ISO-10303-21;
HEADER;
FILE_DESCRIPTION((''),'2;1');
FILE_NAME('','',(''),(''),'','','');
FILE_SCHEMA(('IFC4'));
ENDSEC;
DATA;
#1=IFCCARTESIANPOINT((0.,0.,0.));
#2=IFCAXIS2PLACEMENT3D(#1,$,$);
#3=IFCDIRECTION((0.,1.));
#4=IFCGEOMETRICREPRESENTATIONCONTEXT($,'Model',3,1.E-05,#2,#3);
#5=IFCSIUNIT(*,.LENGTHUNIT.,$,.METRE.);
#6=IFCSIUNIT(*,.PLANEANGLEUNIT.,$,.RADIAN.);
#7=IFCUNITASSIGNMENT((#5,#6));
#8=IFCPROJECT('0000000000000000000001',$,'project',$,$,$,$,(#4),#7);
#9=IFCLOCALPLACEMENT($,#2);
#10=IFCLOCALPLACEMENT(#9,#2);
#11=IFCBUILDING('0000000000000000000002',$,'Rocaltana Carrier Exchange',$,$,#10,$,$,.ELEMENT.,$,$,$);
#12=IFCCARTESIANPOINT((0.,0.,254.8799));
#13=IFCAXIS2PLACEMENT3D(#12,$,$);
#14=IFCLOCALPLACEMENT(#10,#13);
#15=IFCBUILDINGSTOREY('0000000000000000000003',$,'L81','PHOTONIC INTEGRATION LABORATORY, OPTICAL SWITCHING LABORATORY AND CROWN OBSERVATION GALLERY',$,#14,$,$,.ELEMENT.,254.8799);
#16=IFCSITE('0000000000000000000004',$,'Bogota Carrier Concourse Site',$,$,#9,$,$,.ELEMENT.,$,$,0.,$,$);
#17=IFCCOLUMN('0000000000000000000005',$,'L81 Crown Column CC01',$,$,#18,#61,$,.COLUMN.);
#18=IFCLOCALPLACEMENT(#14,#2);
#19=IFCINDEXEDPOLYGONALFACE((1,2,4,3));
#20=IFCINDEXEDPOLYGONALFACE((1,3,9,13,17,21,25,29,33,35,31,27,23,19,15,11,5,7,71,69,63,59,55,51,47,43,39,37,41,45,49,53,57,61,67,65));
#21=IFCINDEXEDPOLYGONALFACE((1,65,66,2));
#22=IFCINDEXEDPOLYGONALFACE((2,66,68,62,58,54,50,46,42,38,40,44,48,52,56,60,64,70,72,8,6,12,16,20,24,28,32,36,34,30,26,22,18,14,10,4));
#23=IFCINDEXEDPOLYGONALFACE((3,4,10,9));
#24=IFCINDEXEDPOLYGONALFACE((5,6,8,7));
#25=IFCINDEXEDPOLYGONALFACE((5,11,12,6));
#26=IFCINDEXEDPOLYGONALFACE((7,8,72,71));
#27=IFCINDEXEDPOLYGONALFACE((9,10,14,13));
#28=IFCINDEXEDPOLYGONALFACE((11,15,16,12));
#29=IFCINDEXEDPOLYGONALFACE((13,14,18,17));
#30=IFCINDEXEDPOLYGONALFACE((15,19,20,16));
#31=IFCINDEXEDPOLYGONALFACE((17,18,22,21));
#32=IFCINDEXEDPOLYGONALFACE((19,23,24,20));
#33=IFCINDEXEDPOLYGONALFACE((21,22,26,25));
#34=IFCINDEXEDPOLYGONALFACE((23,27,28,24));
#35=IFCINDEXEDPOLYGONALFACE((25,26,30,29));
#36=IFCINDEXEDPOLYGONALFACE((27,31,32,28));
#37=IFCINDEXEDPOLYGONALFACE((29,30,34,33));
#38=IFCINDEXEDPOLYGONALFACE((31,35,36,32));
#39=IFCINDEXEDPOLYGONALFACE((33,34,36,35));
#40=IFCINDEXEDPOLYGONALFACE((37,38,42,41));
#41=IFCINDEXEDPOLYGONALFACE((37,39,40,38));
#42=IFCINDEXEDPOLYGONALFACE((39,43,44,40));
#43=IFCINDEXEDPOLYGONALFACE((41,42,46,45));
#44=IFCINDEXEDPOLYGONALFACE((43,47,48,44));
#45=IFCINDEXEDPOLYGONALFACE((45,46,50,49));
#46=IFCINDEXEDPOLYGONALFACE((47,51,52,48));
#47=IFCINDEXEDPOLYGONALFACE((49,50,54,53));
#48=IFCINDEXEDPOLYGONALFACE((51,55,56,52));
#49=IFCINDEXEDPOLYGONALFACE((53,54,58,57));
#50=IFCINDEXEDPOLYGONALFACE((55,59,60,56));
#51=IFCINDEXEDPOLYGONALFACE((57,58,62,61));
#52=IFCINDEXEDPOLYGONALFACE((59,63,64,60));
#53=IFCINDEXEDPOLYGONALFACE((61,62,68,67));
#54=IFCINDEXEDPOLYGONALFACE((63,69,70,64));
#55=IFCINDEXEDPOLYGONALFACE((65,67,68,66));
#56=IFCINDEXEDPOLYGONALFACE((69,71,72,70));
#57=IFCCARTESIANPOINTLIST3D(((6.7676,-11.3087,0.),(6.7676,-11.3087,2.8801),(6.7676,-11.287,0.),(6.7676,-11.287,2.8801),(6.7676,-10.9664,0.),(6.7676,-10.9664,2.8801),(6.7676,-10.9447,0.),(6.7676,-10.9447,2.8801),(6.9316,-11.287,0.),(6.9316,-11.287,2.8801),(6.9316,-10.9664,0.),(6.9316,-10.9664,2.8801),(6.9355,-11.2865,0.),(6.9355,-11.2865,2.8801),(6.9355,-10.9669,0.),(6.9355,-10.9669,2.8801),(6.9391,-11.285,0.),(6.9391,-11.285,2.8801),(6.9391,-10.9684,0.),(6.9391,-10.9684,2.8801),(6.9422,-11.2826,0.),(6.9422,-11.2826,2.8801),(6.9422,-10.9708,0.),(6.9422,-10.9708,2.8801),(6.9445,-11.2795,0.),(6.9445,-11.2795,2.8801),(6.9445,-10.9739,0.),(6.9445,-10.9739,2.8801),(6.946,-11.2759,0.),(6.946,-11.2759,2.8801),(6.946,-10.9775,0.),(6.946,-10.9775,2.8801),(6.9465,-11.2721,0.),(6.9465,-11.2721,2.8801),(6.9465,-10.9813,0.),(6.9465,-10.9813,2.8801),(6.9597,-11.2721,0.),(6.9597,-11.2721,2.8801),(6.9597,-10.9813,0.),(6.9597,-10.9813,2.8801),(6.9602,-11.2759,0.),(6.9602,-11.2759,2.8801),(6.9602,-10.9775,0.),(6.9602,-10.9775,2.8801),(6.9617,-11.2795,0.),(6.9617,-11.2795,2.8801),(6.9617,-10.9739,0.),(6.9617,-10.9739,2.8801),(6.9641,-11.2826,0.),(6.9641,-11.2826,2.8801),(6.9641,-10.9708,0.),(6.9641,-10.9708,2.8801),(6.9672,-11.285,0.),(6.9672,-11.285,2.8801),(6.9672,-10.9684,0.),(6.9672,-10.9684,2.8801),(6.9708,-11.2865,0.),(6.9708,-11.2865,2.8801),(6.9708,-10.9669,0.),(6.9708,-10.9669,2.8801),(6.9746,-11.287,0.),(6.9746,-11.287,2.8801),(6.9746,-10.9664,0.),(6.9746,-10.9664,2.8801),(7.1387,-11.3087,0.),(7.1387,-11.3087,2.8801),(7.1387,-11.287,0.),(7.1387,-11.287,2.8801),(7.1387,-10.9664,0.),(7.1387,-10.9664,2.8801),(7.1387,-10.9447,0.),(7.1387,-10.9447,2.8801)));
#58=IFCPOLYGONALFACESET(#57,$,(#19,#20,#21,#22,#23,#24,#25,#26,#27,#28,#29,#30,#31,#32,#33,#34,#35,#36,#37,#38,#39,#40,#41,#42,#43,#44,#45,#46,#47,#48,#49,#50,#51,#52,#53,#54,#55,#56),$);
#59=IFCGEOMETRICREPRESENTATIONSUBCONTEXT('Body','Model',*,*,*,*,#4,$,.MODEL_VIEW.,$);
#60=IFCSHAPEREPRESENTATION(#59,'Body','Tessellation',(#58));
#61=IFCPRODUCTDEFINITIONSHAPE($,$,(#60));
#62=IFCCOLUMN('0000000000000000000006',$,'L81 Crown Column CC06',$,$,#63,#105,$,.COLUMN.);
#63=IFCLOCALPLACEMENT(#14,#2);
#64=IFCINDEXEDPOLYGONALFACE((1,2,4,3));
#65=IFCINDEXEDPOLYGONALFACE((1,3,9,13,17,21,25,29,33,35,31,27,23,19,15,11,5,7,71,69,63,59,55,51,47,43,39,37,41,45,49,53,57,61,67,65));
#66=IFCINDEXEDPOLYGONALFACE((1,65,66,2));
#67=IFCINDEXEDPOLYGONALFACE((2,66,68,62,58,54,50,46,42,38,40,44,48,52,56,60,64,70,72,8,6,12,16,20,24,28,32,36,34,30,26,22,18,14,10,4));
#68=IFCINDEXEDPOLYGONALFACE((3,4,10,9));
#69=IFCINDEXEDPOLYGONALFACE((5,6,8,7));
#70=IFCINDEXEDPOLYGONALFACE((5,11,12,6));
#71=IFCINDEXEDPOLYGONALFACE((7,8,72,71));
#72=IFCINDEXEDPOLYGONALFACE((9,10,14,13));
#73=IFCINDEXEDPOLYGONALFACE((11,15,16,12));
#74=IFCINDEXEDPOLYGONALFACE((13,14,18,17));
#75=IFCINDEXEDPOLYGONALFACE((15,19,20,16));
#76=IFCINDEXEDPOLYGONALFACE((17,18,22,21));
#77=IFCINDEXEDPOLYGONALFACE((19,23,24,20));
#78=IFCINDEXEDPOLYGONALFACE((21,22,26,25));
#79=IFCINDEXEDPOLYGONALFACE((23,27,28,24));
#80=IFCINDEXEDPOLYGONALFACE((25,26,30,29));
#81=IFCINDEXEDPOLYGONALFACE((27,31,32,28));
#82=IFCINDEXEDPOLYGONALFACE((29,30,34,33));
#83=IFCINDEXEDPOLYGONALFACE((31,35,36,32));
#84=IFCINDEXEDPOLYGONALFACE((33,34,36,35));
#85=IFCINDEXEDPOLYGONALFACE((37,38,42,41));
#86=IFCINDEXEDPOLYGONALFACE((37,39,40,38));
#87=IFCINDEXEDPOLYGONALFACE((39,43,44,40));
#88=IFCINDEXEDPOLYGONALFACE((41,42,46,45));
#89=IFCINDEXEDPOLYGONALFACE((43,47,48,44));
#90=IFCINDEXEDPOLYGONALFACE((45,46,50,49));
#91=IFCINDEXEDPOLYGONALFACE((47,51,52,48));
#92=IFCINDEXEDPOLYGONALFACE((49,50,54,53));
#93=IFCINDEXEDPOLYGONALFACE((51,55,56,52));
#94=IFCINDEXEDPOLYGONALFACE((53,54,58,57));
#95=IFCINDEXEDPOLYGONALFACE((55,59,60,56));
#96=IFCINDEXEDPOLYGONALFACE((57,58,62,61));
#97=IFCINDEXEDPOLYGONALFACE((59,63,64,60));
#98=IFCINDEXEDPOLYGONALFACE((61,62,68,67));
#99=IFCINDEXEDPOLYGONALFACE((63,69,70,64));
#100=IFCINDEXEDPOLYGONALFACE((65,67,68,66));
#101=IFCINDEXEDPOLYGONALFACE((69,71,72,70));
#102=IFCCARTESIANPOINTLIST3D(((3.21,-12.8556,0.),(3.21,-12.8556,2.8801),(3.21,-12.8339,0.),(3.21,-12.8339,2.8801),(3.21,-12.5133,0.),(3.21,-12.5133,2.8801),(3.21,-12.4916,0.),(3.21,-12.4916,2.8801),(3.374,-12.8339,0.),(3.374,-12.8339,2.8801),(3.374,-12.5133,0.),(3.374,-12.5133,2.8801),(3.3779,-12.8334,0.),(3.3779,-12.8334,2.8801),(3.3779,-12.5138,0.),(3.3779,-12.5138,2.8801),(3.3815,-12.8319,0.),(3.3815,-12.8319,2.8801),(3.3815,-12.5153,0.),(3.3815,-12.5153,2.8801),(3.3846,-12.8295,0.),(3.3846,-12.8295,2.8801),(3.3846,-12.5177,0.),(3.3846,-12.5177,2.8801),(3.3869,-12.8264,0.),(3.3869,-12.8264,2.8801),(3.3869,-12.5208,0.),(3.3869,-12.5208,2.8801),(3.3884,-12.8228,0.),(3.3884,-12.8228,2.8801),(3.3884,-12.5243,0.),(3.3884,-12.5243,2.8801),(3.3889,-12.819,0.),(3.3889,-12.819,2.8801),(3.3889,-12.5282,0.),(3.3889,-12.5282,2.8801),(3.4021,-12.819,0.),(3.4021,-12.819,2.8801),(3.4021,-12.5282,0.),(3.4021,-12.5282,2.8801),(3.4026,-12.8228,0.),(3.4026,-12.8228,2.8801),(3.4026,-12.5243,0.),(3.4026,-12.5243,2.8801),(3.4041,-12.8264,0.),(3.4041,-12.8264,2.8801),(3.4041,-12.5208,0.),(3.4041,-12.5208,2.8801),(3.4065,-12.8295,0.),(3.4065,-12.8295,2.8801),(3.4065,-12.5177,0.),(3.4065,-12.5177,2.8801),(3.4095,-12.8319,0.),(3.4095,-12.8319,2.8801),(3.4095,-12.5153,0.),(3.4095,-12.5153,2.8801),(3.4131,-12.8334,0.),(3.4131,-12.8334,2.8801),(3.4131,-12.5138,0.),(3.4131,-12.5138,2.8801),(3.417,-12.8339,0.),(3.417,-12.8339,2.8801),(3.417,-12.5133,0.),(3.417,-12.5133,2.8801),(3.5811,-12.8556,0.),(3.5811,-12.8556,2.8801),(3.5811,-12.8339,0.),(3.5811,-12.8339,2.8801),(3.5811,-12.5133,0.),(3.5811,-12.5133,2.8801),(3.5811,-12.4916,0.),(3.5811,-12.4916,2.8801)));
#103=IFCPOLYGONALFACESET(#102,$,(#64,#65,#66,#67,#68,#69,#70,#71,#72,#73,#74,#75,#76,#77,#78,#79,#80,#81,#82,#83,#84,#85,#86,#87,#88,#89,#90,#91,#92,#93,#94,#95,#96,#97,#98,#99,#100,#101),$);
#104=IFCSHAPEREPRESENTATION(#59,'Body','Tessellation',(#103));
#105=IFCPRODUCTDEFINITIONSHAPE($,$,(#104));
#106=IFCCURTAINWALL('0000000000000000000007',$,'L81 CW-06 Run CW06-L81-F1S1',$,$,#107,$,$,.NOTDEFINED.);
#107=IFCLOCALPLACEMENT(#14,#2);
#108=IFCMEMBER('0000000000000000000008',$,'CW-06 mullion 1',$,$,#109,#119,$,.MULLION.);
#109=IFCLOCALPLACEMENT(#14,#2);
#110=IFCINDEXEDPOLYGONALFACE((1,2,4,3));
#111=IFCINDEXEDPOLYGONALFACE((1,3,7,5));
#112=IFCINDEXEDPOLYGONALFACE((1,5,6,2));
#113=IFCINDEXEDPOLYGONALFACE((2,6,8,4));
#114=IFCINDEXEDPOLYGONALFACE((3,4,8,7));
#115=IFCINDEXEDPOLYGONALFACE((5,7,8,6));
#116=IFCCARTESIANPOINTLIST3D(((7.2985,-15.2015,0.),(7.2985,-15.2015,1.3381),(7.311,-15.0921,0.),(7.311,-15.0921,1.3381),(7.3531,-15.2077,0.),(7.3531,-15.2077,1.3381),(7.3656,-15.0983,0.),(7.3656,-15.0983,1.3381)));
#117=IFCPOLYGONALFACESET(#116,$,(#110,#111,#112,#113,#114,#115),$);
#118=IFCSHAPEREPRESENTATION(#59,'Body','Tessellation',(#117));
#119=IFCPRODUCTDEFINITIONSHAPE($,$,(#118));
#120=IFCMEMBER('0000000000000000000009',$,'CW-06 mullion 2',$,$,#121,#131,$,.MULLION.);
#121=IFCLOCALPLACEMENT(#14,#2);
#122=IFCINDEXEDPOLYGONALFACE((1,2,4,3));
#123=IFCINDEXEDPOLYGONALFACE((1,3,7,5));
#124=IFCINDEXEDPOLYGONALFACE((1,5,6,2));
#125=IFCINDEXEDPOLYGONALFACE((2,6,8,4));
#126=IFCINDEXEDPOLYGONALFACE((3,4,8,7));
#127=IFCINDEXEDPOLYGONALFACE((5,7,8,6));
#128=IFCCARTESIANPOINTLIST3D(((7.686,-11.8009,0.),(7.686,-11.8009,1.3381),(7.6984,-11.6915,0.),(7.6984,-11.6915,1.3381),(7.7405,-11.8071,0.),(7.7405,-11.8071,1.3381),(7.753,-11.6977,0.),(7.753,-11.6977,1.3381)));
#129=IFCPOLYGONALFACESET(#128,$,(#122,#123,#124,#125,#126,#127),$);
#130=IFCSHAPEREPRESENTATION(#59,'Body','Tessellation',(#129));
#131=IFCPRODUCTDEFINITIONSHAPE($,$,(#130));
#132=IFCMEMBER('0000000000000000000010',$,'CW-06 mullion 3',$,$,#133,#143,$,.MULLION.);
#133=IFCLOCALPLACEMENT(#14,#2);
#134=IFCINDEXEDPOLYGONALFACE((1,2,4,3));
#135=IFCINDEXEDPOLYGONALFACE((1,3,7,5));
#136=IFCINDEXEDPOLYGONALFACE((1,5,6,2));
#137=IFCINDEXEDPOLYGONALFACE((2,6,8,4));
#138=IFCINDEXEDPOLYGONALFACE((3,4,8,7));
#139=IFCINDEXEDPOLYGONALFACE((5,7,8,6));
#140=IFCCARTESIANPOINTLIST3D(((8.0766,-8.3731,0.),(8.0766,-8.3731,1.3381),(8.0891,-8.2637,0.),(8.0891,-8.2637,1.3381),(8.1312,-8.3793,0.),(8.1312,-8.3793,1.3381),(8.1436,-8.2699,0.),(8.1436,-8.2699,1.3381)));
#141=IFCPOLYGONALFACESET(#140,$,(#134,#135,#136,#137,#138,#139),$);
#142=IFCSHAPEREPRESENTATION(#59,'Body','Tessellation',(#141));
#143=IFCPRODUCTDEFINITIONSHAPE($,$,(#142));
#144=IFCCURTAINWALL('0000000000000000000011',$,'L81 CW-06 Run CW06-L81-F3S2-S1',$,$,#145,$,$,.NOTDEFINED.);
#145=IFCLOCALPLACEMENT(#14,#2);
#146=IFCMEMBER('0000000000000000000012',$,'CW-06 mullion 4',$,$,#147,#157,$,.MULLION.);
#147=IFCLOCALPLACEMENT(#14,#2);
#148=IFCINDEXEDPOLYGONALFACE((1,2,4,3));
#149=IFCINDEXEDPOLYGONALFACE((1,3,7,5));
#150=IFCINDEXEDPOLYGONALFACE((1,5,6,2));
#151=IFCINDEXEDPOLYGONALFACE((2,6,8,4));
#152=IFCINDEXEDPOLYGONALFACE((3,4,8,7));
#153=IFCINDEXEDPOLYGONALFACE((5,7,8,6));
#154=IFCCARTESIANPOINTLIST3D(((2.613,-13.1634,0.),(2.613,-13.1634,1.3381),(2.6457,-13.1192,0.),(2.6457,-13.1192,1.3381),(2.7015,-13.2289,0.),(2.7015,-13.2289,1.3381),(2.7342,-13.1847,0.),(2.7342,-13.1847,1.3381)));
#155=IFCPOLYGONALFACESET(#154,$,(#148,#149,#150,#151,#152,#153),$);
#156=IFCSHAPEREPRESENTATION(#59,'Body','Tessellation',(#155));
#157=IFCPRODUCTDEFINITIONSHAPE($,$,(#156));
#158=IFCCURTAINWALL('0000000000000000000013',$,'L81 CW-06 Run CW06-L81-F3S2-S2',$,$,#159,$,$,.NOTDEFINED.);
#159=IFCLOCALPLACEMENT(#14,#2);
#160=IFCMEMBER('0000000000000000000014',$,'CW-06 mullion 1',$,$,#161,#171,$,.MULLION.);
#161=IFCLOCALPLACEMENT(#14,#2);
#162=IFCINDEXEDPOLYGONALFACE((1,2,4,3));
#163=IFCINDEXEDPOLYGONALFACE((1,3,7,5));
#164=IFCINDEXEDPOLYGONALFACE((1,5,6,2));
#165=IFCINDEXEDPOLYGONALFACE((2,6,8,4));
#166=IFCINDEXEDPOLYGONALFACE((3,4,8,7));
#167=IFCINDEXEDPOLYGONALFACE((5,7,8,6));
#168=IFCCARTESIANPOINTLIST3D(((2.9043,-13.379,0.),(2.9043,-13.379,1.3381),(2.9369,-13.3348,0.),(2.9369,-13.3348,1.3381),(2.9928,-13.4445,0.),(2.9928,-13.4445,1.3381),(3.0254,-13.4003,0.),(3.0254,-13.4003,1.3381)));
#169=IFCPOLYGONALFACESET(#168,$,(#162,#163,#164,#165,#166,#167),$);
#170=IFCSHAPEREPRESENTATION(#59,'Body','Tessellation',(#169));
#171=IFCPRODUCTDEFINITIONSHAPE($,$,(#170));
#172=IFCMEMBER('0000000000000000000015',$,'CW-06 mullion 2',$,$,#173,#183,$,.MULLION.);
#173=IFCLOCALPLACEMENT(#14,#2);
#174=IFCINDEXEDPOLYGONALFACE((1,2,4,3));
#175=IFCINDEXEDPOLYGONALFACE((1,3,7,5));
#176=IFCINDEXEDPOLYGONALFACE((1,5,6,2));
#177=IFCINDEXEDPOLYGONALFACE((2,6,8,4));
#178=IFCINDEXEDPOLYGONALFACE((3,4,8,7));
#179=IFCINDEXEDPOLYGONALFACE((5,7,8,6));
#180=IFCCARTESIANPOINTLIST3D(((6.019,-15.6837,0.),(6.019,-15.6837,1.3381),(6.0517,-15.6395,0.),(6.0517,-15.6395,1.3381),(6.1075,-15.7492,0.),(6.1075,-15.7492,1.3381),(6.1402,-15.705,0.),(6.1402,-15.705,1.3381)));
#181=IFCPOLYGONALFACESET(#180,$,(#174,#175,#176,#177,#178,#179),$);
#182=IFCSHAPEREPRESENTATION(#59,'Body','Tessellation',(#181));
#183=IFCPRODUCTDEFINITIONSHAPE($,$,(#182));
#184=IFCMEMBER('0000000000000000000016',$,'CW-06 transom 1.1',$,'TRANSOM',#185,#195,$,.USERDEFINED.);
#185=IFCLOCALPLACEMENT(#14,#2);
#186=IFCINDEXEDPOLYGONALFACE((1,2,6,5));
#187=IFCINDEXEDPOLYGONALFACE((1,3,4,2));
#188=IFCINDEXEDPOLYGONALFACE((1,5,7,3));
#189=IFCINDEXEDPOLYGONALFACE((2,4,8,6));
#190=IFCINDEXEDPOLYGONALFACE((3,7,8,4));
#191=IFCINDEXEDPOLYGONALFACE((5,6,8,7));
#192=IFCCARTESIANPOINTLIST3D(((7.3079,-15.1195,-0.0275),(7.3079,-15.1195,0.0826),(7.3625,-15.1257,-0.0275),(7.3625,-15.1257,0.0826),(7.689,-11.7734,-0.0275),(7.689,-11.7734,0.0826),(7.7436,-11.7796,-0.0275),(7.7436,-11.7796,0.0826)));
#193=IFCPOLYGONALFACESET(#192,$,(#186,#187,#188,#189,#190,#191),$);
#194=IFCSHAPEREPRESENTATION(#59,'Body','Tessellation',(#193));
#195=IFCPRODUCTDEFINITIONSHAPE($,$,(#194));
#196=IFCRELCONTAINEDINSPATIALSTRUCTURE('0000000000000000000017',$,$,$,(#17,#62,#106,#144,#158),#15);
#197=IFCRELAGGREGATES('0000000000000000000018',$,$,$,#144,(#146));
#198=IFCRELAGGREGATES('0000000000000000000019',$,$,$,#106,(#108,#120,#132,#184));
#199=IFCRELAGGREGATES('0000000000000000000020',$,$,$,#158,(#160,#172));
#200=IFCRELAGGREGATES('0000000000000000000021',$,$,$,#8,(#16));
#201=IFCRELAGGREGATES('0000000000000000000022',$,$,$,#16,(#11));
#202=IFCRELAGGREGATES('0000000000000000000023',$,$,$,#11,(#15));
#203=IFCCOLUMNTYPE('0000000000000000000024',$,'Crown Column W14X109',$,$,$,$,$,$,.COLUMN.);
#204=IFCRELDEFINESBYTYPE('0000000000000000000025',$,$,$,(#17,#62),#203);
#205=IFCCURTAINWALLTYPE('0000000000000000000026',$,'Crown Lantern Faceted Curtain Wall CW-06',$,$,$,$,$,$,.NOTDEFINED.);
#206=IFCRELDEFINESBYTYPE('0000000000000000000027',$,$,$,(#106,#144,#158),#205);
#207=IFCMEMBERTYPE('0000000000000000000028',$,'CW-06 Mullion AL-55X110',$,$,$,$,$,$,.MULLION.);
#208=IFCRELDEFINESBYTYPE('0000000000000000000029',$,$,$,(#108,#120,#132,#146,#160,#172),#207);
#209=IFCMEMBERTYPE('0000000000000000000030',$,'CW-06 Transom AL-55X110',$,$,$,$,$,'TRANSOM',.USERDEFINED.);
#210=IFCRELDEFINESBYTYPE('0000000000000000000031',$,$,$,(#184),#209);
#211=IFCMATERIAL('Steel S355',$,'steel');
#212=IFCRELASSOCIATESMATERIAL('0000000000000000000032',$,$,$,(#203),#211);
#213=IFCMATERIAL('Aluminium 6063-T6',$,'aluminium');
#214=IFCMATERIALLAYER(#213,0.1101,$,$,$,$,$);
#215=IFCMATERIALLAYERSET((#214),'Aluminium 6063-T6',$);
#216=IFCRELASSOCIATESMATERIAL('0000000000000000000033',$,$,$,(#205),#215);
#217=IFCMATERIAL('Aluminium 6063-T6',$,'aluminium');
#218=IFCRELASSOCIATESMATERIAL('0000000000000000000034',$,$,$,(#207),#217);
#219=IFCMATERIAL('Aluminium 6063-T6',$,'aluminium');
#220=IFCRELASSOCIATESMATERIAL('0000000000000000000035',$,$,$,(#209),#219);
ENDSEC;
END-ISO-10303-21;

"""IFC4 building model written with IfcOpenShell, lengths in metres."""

from ifc_helpers import new_model, si_unit, direction, frame, origin, origin_2d, place, context, subcontext, project, spatial, rectangle, i_section, extrude, material, layer, layer_set, material_profile, profile_set, type_object, element, aggregate, save


model = new_model("IFC4")

# Units and contexts
model_context = context("Model", 3, precision=1e-05, world=origin(), true_north=direction((0.0, 1.0)))
body_context = subcontext(model_context, "Body", "Model", "MODEL_VIEW")
ifc_project = project(units=[si_unit("LENGTHUNIT", "METRE"), si_unit("PLANEANGLEUNIT", "RADIAN")], contexts=[model_context])

# Site, building, storey
site_placement = place(None, origin())
site = spatial("IfcSite", under=ifc_project, at=site_placement, Name="Bogota Carrier Concourse Site", CompositionType="ELEMENT", RefElevation=0.0)
building_placement = place(site_placement, origin())
building = spatial("IfcBuilding", under=site, at=building_placement, Name="Rocaltana Carrier Exchange", CompositionType="ELEMENT")
storey_placement = place(building_placement, frame((0.0, 0.0, 254.8799)))
storey = spatial("IfcBuildingStorey", under=building, at=storey_placement, Name="L81", Description="PHOTONIC INTEGRATION LABORATORY, OPTICAL SWITCHING LABORATORY AND CROWN OBSERVATION GALLERY", CompositionType="ELEMENT", Elevation=254.8799)

# Columns
ifc_material_1 = material(Name="Steel S355", Category="steel")
ifc_material_profile_1 = material_profile(ifc_material_1, i_section(OverallWidth=0.3711, OverallDepth=0.364, WebThickness=0.0132, FlangeThickness=0.0217, FilletRadius=0.0149, at=origin_2d()), Name="W14X109")
ifc_profile_set_1 = profile_set([ifc_material_profile_1], Name="Steel S355")
column_type = type_object("IfcColumnType", Name="Crown Column W14X109", PredefinedType="COLUMN", material=ifc_profile_set_1)
for number, where, z_axis, x_axis, name in (
    (1, (6.9531, -11.1267, 0.0), (0.0, 0.0, 1.0), (1.0, 0.0, 0.0), "L81 Crown Column CC01"),
    (2, (3.3955, -12.6736, 0.0), (0.0, 0.0, 1.0), (1.0, 0.0, 0.0), "L81 Crown Column CC06"),
):
    element("IfcColumn", number, at=place(storey_placement, frame(where, z_axis=z_axis, x_axis=x_axis)), inside=storey, type_object=column_type, Name=name, PredefinedType="COLUMN", context=body_context, shape_type="SweptSolid", body=[
        extrude(i_section(OverallWidth=0.3711, OverallDepth=0.364, WebThickness=0.0132, FlangeThickness=0.0217, FilletRadius=0.0149, at=origin_2d()), origin(), (0.0, 0.0, 1.0), 2.8801),
    ])

# Curtain wall, members
ifc_material_2 = material(Name="Aluminium 6063-T6", Category="aluminium")
ifc_layer_1 = layer(ifc_material_2, 0.1101)
ifc_layer_set_1 = layer_set([ifc_layer_1], Name="Aluminium 6063-T6")
curtain_wall_type = type_object("IfcCurtainWallType", Name="Crown Lantern Faceted Curtain Wall CW-06", PredefinedType="NOTDEFINED", material=ifc_layer_set_1)
curtain_wall_1_placement = place(storey_placement, origin())
curtain_wall_1 = element("IfcCurtainWall", 3, at=curtain_wall_1_placement, inside=storey, type_object=curtain_wall_type, Name="L81 CW-06 Run CW06-L81-F1S1", PredefinedType="NOTDEFINED")
ifc_material_3 = material(Name="Aluminium 6063-T6", Category="aluminium")
ifc_material_profile_2 = material_profile(ifc_material_3, rectangle(XDim=0.0549, YDim=0.1101, at=origin_2d()), Name="AL-55X110")
ifc_profile_set_2 = profile_set([ifc_material_profile_2], Name="Aluminium 6063-T6")
member_type_1 = type_object("IfcMemberType", Name="CW-06 Mullion AL-55X110", PredefinedType="MULLION", material=ifc_profile_set_2)
member_1_placement = place(storey_placement, frame((7.332, -15.1499, 0.0), z_axis=(0.0, 0.0, 1.0), x_axis=(-0.993572, 0.113203, 0.0)))
member_1 = element("IfcMember", 4, at=member_1_placement, type_object=member_type_1, Name="CW-06 mullion 1", PredefinedType="MULLION", context=body_context, shape_type="SweptSolid", body=[
    extrude(rectangle(XDim=0.0549, YDim=0.1101, at=origin_2d()), origin(), (0.0, 0.0, 1.0), 1.3381),
])
member_2_placement = place(storey_placement, frame((7.7195, -11.7493, 0.0), z_axis=(0.0, 0.0, 1.0), x_axis=(-0.993572, 0.113203, 0.0)))
member_2 = element("IfcMember", 5, at=member_2_placement, type_object=member_type_1, Name="CW-06 mullion 2", PredefinedType="MULLION", context=body_context, shape_type="SweptSolid", body=[
    extrude(rectangle(XDim=0.0549, YDim=0.1101, at=origin_2d()), origin(), (0.0, 0.0, 1.0), 1.3381),
])
member_3_placement = place(storey_placement, frame((8.1101, -8.3215, 0.0), z_axis=(0.0, 0.0, 1.0), x_axis=(-0.993572, 0.113203, 0.0)))
member_3 = element("IfcMember", 6, at=member_3_placement, type_object=member_type_1, Name="CW-06 mullion 3", PredefinedType="MULLION", context=body_context, shape_type="SweptSolid", body=[
    extrude(rectangle(XDim=0.0549, YDim=0.1101, at=origin_2d()), origin(), (0.0, 0.0, 1.0), 1.3381),
])

# Curtain wall, member
curtain_wall_2_placement = place(storey_placement, origin())
curtain_wall_2 = element("IfcCurtainWall", 7, at=curtain_wall_2_placement, inside=storey, type_object=curtain_wall_type, Name="L81 CW-06 Run CW06-L81-F3S2-S1", PredefinedType="NOTDEFINED")
member_4_placement = place(storey_placement, frame((2.6736, -13.1741, 0.0), z_axis=(0.0, 0.0, 1.0), x_axis=(0.594821, 0.803858, 0.0)))
member_4 = element("IfcMember", 8, at=member_4_placement, type_object=member_type_1, Name="CW-06 mullion 4", PredefinedType="MULLION", context=body_context, shape_type="SweptSolid", body=[
    extrude(rectangle(XDim=0.0549, YDim=0.1101, at=origin_2d()), origin(), (0.0, 0.0, 1.0), 1.3381),
])
aggregate(curtain_wall_2, [member_4])

# Curtain wall, members
curtain_wall_3_placement = place(storey_placement, origin())
curtain_wall_3 = element("IfcCurtainWall", 9, at=curtain_wall_3_placement, inside=storey, type_object=curtain_wall_type, Name="L81 CW-06 Run CW06-L81-F3S2-S2", PredefinedType="NOTDEFINED")
member_5_placement = place(storey_placement, frame((2.9648, -13.3896, 0.0), z_axis=(0.0, 0.0, 1.0), x_axis=(0.594812, 0.803865, 0.0)))
member_5 = element("IfcMember", 10, at=member_5_placement, type_object=member_type_1, Name="CW-06 mullion 1", PredefinedType="MULLION", context=body_context, shape_type="SweptSolid", body=[
    extrude(rectangle(XDim=0.0549, YDim=0.1101, at=origin_2d()), origin(), (0.0, 0.0, 1.0), 1.3381),
])
member_6_placement = place(storey_placement, frame((6.0796, -15.6943, 0.0), z_axis=(0.0, 0.0, 1.0), x_axis=(0.594812, 0.803865, 0.0)))
member_6 = element("IfcMember", 11, at=member_6_placement, type_object=member_type_1, Name="CW-06 mullion 2", PredefinedType="MULLION", context=body_context, shape_type="SweptSolid", body=[
    extrude(rectangle(XDim=0.0549, YDim=0.1101, at=origin_2d()), origin(), (0.0, 0.0, 1.0), 1.3381),
])

# Member
ifc_material_4 = material(Name="Aluminium 6063-T6", Category="aluminium")
ifc_material_profile_3 = material_profile(ifc_material_4, rectangle(XDim=0.0549, YDim=0.1101, at=origin_2d()), Name="AL-55X110")
ifc_profile_set_3 = profile_set([ifc_material_profile_3], Name="Aluminium 6063-T6")
member_type_2 = type_object("IfcMemberType", Name="CW-06 Transom AL-55X110", ElementType="TRANSOM", PredefinedType="USERDEFINED", material=ifc_profile_set_3)
member_7_placement = place(storey_placement, frame((7.3352, -15.1226, 0.0276), z_axis=(0.113168, 0.993576, 0.0), x_axis=(-0.993576, 0.113168, 0.0)))
member_7 = element("IfcMember", 12, at=member_7_placement, type_object=member_type_2, Name="CW-06 transom 1.1", ObjectType="TRANSOM", PredefinedType="USERDEFINED", context=body_context, shape_type="SweptSolid", body=[
    extrude(rectangle(XDim=0.0549, YDim=0.1101, at=origin_2d()), origin(), (0.0, 0.0, 1.0), 3.3677),
])

aggregate(curtain_wall_1, [member_1, member_2, member_3, member_7])
aggregate(curtain_wall_3, [member_5, member_6])

save(model, "model.ifc")
